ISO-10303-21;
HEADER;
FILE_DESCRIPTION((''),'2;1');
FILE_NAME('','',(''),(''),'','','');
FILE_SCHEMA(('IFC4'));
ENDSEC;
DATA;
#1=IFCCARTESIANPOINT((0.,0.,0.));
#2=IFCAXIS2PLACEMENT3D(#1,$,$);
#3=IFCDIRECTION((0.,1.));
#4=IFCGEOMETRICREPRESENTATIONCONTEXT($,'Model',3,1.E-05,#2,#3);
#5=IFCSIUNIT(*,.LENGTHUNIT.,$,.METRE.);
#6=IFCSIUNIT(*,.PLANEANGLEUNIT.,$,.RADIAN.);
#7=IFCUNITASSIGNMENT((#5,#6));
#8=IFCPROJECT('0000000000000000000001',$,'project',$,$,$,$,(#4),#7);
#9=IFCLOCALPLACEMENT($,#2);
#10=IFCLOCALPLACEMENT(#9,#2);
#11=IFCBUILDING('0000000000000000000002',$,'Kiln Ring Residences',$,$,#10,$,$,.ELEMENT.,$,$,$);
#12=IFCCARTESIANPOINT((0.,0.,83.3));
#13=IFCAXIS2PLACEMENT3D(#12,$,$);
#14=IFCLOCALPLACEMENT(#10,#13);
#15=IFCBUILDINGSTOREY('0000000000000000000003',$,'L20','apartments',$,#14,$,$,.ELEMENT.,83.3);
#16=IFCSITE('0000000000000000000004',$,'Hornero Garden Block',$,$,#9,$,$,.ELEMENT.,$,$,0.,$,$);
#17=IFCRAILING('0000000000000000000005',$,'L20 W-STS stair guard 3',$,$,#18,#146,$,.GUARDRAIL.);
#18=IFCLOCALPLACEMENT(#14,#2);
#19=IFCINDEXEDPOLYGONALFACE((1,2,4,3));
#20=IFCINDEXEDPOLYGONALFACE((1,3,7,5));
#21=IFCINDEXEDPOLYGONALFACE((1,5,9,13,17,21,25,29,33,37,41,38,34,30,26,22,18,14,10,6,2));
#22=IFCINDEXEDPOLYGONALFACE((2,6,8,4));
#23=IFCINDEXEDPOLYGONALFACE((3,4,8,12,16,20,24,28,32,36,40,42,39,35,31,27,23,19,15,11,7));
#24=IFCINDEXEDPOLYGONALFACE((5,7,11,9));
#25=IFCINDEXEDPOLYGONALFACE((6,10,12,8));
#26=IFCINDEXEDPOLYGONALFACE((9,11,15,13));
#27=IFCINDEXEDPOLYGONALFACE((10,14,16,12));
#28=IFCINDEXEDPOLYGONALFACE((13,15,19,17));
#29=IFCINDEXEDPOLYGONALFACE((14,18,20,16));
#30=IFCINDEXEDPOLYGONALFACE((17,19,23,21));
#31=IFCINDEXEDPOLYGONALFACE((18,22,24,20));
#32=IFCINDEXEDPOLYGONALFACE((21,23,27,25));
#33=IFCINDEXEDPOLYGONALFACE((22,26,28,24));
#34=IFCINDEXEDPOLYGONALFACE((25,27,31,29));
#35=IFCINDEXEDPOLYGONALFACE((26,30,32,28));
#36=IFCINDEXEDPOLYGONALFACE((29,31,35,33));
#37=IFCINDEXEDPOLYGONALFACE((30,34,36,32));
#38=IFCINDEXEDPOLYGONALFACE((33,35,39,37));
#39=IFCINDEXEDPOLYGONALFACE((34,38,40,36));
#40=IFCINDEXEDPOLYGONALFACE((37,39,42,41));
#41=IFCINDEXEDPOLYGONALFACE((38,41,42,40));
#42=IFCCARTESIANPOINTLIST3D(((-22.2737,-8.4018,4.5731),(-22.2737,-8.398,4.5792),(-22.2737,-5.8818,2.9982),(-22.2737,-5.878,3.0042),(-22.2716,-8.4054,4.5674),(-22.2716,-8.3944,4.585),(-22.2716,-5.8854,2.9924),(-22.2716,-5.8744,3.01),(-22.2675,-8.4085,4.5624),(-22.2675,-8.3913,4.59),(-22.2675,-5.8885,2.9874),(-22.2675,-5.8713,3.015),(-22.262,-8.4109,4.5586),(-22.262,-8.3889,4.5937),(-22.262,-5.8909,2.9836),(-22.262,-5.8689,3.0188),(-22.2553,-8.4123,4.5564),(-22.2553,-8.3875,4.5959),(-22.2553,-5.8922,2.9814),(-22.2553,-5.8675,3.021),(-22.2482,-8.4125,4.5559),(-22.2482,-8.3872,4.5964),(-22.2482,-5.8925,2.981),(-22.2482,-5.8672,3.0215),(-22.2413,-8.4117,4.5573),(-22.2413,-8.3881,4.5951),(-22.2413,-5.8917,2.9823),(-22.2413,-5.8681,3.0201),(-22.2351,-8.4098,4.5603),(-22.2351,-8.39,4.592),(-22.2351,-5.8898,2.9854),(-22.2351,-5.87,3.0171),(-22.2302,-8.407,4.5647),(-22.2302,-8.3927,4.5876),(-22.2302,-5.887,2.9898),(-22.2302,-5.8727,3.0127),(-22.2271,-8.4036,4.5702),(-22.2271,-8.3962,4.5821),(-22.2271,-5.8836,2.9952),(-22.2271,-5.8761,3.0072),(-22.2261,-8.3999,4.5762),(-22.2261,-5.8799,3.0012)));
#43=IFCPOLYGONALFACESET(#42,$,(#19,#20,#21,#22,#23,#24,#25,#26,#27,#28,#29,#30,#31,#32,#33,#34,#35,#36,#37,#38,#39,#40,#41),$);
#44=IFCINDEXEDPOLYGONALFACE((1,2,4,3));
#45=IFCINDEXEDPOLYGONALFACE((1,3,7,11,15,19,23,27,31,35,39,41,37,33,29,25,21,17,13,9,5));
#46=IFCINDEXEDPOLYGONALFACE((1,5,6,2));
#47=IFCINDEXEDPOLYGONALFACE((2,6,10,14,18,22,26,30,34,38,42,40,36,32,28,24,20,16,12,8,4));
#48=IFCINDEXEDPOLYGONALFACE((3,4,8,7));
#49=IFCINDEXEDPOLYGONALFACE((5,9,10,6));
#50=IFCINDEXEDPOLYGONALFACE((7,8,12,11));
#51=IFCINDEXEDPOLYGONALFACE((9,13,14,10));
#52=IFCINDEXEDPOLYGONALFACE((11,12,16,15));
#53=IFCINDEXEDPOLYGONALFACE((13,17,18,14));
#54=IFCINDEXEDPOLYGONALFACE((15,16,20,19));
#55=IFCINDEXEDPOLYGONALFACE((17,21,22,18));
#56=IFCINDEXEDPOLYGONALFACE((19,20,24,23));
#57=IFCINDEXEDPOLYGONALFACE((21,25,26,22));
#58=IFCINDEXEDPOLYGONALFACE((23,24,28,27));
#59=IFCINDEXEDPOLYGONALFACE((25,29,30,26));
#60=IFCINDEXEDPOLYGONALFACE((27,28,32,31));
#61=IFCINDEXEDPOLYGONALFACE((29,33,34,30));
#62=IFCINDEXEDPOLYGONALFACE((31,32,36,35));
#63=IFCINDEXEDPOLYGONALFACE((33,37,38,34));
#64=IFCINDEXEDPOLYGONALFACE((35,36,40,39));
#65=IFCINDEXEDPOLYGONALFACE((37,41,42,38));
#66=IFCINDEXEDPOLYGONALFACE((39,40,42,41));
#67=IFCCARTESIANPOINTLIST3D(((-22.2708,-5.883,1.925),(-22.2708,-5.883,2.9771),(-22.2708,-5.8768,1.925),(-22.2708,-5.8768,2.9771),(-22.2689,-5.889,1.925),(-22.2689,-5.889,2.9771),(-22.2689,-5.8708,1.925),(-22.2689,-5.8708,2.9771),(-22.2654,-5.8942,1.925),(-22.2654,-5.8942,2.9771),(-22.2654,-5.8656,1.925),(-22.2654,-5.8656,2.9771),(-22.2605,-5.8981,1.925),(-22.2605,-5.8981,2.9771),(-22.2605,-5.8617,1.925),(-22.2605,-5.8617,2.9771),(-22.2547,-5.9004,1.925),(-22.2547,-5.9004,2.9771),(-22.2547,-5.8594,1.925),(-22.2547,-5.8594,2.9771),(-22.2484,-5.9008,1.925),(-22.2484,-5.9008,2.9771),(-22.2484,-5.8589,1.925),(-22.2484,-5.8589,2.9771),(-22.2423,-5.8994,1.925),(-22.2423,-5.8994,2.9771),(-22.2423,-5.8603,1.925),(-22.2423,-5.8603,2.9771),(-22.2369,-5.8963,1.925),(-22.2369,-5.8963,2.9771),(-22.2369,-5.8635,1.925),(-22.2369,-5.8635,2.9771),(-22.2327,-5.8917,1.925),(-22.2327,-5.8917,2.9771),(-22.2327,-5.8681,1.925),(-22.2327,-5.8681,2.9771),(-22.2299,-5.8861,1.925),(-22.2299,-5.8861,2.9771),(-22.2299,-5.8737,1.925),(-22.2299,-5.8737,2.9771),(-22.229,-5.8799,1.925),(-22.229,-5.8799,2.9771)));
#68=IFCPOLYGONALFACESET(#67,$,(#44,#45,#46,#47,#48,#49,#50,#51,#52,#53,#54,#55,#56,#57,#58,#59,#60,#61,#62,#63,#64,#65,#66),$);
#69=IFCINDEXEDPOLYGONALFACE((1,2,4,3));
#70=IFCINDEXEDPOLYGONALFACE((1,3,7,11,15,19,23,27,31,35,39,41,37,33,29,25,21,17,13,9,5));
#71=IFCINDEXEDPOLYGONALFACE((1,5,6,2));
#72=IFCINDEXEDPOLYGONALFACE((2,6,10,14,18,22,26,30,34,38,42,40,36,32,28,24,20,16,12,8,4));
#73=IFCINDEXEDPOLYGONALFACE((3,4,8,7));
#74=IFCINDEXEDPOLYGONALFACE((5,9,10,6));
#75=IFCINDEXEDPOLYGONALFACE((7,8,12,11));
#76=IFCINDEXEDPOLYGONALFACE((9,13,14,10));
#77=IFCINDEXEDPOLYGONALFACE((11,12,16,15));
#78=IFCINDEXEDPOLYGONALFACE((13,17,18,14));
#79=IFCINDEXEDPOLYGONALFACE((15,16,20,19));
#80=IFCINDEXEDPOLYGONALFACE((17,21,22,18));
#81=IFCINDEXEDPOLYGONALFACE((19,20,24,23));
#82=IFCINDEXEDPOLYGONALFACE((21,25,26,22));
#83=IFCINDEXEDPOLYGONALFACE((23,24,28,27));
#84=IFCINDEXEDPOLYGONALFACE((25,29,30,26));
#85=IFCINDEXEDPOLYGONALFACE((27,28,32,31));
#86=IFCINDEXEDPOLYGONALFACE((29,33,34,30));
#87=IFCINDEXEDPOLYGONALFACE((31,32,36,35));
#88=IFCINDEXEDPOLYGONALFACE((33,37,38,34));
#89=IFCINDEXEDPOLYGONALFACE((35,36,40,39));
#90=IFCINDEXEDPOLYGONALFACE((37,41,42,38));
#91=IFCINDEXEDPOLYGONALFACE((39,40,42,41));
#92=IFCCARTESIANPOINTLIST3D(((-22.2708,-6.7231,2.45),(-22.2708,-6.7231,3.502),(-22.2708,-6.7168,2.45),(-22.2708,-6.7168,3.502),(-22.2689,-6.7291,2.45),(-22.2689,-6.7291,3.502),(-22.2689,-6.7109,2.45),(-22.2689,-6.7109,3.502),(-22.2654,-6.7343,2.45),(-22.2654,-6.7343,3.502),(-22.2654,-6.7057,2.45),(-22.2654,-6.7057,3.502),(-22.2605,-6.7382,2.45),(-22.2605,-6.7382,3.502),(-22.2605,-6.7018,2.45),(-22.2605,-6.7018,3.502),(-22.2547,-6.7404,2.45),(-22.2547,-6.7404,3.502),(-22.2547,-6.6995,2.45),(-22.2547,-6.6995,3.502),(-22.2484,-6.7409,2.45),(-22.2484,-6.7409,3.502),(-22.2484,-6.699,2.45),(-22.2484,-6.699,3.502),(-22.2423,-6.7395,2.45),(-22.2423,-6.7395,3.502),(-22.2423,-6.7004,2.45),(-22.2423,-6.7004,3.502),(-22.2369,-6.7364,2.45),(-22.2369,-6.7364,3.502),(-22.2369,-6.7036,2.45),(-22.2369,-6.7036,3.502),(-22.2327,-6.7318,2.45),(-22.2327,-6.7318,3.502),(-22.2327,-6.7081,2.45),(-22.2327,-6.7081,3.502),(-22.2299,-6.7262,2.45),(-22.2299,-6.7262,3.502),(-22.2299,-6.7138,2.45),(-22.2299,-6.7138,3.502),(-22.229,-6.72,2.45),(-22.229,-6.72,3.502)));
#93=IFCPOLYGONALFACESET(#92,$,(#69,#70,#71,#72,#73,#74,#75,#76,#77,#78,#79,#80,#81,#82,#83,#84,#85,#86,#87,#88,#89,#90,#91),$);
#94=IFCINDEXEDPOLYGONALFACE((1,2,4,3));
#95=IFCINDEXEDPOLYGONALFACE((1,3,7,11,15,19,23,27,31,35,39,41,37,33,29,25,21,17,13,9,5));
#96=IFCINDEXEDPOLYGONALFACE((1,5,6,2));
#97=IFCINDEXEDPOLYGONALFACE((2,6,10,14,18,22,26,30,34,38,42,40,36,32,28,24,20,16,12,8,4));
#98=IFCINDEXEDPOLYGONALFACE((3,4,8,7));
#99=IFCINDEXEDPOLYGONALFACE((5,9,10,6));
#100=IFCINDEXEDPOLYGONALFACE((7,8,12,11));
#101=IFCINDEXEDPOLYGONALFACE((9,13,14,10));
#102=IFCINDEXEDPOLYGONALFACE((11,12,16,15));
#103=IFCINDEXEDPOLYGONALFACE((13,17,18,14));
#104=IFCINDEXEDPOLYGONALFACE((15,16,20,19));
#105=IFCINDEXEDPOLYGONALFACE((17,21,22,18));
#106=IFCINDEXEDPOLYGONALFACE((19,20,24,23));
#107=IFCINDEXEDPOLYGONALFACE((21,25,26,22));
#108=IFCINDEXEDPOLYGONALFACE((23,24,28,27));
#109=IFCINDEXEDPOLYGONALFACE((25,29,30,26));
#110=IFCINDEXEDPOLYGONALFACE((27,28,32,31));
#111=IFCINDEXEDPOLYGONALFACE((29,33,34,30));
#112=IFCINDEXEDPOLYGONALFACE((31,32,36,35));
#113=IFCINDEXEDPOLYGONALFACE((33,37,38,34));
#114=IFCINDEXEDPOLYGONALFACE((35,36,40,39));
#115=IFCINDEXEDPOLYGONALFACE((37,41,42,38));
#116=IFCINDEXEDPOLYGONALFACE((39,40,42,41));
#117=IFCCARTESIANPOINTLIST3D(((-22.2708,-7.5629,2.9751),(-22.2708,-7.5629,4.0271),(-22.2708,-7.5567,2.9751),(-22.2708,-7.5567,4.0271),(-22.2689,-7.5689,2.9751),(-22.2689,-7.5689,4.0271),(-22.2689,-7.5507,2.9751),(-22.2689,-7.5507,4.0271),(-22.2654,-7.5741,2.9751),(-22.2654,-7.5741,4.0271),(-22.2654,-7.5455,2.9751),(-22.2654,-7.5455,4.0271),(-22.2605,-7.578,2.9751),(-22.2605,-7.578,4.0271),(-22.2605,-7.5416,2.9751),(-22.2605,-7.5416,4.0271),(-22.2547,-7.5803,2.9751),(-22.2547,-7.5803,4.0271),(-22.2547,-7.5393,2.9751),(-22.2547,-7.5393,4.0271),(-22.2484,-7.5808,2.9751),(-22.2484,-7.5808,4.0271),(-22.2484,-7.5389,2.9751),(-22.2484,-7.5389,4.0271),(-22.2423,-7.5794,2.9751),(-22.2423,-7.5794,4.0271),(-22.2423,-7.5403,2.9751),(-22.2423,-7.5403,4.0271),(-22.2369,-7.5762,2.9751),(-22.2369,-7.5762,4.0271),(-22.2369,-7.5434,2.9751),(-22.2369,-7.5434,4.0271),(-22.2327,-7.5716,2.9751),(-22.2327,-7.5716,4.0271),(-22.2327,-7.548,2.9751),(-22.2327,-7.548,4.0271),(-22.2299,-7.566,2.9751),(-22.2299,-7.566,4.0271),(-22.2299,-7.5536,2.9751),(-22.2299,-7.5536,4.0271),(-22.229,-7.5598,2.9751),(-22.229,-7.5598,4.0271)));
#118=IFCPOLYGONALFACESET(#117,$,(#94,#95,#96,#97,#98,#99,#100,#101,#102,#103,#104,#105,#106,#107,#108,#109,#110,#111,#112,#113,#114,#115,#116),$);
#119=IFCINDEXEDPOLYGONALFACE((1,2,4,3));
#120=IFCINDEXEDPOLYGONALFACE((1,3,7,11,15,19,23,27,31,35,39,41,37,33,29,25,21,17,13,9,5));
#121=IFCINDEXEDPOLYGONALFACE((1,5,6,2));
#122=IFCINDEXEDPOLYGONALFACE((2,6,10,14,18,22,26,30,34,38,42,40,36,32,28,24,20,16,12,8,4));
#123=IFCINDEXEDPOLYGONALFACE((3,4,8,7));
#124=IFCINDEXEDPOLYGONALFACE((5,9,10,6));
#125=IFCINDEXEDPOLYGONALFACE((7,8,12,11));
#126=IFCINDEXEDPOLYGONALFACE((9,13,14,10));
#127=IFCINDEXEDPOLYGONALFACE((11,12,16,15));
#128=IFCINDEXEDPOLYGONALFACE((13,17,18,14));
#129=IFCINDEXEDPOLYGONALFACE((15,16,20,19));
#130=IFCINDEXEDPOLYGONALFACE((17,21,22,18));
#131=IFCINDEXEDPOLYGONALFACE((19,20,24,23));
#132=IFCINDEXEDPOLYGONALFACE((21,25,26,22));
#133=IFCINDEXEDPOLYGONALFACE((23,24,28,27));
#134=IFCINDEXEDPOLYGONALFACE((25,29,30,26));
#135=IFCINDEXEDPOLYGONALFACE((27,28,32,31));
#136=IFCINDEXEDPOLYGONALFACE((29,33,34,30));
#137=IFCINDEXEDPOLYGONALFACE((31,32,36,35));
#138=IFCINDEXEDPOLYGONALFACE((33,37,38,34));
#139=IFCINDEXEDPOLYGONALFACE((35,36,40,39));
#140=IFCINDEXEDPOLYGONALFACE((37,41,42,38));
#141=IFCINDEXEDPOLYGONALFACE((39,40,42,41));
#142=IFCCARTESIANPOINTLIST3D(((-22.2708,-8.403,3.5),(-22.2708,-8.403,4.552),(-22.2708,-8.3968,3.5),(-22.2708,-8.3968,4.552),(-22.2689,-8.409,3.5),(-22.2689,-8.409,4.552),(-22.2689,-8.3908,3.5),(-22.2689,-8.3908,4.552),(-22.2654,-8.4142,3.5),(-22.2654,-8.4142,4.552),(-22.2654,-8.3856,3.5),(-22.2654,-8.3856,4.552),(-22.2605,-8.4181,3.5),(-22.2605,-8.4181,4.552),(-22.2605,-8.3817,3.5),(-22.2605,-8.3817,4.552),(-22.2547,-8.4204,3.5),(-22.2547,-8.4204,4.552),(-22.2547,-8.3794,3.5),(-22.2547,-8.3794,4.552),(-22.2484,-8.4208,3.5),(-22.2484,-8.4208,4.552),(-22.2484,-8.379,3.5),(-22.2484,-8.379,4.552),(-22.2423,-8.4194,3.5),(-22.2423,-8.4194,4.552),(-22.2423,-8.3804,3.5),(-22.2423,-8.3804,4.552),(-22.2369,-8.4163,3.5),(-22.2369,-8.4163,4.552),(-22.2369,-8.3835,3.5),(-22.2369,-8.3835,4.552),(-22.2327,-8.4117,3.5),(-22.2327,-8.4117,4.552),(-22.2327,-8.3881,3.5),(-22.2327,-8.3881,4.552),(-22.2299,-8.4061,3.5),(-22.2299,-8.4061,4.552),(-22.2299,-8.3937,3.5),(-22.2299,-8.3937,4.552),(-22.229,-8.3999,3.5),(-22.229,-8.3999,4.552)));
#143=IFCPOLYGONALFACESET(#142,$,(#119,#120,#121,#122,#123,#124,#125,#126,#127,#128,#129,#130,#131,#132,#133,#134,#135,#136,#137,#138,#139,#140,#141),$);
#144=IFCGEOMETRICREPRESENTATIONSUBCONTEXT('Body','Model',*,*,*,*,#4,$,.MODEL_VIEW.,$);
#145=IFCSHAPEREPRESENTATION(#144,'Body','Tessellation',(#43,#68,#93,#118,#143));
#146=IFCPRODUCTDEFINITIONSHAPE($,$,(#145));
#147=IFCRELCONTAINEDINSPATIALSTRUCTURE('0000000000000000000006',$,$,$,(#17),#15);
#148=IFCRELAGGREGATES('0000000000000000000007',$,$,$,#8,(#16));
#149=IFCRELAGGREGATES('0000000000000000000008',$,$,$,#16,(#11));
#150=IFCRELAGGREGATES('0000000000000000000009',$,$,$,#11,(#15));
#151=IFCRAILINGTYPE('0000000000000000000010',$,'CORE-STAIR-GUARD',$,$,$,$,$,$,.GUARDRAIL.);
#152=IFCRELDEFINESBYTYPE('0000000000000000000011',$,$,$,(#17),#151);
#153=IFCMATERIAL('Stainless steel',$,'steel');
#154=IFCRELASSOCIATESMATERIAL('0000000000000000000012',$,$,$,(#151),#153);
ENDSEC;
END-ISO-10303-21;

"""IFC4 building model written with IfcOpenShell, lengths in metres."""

from ifc_helpers import new_model, si_unit, direction, frame, origin, origin_2d, place, context, subcontext, project, spatial, circle, extrude, material, type_object, element, save


model = new_model("IFC4")

# Units and contexts
model_context = context("Model", 3, precision=1e-05, world=origin(), true_north=direction((0.0, 1.0)))
body_context = subcontext(model_context, "Body", "Model", "MODEL_VIEW")
ifc_project = project(units=[si_unit("LENGTHUNIT", "METRE"), si_unit("PLANEANGLEUNIT", "RADIAN")], contexts=[model_context])

# Site, building, storey
site_placement = place(None, origin())
site = spatial("IfcSite", under=ifc_project, at=site_placement, Name="Hornero Garden Block", CompositionType="ELEMENT", RefElevation=0.0)
building_placement = place(site_placement, origin())
building = spatial("IfcBuilding", under=site, at=building_placement, Name="Kiln Ring Residences", CompositionType="ELEMENT")
storey_placement = place(building_placement, frame((0.0, 0.0, 83.3)))
storey = spatial("IfcBuildingStorey", under=building, at=storey_placement, Name="L20", Description="apartments", CompositionType="ELEMENT", Elevation=83.3)

# Railing
ifc_material_1 = material(Name="Stainless steel", Category="steel")
railing_type_1 = type_object("IfcRailingType", Name="CORE-STAIR-GUARD", PredefinedType="GUARDRAIL", material=ifc_material_1)
railing_1_placement = place(storey_placement, frame((-22.25, -5.8799, 1.925)))
element("IfcRailing", 1, at=railing_1_placement, inside=storey, type_object=railing_type_1, Name="L20 W-STS stair guard 3", PredefinedType="GUARDRAIL", context=body_context, shape_type="SweptSolid", body=[
    extrude(circle(Radius=0.0239, at=origin_2d()), frame((0.0, 0.0, 1.0762), z_axis=(0.0, -0.848008, 0.529984), x_axis=(1.0, 0.0, 0.0)), (0.0, 0.0, 1.0), 2.9717),
    extrude(circle(Radius=0.021, at=origin_2d()), origin(), (0.0, 0.0, 1.0), 1.052),
    extrude(circle(Radius=0.021, at=origin_2d()), frame((0.0, -0.8401, 0.5249)), (0.0, 0.0, 1.0), 1.052),
    extrude(circle(Radius=0.021, at=origin_2d()), frame((0.0, -1.6799, 1.05)), (0.0, 0.0, 1.0), 1.052),
    extrude(circle(Radius=0.021, at=origin_2d()), frame((0.0, -2.52, 1.575)), (0.0, 0.0, 1.0), 1.052),
])

save(model, "model.ifc")
